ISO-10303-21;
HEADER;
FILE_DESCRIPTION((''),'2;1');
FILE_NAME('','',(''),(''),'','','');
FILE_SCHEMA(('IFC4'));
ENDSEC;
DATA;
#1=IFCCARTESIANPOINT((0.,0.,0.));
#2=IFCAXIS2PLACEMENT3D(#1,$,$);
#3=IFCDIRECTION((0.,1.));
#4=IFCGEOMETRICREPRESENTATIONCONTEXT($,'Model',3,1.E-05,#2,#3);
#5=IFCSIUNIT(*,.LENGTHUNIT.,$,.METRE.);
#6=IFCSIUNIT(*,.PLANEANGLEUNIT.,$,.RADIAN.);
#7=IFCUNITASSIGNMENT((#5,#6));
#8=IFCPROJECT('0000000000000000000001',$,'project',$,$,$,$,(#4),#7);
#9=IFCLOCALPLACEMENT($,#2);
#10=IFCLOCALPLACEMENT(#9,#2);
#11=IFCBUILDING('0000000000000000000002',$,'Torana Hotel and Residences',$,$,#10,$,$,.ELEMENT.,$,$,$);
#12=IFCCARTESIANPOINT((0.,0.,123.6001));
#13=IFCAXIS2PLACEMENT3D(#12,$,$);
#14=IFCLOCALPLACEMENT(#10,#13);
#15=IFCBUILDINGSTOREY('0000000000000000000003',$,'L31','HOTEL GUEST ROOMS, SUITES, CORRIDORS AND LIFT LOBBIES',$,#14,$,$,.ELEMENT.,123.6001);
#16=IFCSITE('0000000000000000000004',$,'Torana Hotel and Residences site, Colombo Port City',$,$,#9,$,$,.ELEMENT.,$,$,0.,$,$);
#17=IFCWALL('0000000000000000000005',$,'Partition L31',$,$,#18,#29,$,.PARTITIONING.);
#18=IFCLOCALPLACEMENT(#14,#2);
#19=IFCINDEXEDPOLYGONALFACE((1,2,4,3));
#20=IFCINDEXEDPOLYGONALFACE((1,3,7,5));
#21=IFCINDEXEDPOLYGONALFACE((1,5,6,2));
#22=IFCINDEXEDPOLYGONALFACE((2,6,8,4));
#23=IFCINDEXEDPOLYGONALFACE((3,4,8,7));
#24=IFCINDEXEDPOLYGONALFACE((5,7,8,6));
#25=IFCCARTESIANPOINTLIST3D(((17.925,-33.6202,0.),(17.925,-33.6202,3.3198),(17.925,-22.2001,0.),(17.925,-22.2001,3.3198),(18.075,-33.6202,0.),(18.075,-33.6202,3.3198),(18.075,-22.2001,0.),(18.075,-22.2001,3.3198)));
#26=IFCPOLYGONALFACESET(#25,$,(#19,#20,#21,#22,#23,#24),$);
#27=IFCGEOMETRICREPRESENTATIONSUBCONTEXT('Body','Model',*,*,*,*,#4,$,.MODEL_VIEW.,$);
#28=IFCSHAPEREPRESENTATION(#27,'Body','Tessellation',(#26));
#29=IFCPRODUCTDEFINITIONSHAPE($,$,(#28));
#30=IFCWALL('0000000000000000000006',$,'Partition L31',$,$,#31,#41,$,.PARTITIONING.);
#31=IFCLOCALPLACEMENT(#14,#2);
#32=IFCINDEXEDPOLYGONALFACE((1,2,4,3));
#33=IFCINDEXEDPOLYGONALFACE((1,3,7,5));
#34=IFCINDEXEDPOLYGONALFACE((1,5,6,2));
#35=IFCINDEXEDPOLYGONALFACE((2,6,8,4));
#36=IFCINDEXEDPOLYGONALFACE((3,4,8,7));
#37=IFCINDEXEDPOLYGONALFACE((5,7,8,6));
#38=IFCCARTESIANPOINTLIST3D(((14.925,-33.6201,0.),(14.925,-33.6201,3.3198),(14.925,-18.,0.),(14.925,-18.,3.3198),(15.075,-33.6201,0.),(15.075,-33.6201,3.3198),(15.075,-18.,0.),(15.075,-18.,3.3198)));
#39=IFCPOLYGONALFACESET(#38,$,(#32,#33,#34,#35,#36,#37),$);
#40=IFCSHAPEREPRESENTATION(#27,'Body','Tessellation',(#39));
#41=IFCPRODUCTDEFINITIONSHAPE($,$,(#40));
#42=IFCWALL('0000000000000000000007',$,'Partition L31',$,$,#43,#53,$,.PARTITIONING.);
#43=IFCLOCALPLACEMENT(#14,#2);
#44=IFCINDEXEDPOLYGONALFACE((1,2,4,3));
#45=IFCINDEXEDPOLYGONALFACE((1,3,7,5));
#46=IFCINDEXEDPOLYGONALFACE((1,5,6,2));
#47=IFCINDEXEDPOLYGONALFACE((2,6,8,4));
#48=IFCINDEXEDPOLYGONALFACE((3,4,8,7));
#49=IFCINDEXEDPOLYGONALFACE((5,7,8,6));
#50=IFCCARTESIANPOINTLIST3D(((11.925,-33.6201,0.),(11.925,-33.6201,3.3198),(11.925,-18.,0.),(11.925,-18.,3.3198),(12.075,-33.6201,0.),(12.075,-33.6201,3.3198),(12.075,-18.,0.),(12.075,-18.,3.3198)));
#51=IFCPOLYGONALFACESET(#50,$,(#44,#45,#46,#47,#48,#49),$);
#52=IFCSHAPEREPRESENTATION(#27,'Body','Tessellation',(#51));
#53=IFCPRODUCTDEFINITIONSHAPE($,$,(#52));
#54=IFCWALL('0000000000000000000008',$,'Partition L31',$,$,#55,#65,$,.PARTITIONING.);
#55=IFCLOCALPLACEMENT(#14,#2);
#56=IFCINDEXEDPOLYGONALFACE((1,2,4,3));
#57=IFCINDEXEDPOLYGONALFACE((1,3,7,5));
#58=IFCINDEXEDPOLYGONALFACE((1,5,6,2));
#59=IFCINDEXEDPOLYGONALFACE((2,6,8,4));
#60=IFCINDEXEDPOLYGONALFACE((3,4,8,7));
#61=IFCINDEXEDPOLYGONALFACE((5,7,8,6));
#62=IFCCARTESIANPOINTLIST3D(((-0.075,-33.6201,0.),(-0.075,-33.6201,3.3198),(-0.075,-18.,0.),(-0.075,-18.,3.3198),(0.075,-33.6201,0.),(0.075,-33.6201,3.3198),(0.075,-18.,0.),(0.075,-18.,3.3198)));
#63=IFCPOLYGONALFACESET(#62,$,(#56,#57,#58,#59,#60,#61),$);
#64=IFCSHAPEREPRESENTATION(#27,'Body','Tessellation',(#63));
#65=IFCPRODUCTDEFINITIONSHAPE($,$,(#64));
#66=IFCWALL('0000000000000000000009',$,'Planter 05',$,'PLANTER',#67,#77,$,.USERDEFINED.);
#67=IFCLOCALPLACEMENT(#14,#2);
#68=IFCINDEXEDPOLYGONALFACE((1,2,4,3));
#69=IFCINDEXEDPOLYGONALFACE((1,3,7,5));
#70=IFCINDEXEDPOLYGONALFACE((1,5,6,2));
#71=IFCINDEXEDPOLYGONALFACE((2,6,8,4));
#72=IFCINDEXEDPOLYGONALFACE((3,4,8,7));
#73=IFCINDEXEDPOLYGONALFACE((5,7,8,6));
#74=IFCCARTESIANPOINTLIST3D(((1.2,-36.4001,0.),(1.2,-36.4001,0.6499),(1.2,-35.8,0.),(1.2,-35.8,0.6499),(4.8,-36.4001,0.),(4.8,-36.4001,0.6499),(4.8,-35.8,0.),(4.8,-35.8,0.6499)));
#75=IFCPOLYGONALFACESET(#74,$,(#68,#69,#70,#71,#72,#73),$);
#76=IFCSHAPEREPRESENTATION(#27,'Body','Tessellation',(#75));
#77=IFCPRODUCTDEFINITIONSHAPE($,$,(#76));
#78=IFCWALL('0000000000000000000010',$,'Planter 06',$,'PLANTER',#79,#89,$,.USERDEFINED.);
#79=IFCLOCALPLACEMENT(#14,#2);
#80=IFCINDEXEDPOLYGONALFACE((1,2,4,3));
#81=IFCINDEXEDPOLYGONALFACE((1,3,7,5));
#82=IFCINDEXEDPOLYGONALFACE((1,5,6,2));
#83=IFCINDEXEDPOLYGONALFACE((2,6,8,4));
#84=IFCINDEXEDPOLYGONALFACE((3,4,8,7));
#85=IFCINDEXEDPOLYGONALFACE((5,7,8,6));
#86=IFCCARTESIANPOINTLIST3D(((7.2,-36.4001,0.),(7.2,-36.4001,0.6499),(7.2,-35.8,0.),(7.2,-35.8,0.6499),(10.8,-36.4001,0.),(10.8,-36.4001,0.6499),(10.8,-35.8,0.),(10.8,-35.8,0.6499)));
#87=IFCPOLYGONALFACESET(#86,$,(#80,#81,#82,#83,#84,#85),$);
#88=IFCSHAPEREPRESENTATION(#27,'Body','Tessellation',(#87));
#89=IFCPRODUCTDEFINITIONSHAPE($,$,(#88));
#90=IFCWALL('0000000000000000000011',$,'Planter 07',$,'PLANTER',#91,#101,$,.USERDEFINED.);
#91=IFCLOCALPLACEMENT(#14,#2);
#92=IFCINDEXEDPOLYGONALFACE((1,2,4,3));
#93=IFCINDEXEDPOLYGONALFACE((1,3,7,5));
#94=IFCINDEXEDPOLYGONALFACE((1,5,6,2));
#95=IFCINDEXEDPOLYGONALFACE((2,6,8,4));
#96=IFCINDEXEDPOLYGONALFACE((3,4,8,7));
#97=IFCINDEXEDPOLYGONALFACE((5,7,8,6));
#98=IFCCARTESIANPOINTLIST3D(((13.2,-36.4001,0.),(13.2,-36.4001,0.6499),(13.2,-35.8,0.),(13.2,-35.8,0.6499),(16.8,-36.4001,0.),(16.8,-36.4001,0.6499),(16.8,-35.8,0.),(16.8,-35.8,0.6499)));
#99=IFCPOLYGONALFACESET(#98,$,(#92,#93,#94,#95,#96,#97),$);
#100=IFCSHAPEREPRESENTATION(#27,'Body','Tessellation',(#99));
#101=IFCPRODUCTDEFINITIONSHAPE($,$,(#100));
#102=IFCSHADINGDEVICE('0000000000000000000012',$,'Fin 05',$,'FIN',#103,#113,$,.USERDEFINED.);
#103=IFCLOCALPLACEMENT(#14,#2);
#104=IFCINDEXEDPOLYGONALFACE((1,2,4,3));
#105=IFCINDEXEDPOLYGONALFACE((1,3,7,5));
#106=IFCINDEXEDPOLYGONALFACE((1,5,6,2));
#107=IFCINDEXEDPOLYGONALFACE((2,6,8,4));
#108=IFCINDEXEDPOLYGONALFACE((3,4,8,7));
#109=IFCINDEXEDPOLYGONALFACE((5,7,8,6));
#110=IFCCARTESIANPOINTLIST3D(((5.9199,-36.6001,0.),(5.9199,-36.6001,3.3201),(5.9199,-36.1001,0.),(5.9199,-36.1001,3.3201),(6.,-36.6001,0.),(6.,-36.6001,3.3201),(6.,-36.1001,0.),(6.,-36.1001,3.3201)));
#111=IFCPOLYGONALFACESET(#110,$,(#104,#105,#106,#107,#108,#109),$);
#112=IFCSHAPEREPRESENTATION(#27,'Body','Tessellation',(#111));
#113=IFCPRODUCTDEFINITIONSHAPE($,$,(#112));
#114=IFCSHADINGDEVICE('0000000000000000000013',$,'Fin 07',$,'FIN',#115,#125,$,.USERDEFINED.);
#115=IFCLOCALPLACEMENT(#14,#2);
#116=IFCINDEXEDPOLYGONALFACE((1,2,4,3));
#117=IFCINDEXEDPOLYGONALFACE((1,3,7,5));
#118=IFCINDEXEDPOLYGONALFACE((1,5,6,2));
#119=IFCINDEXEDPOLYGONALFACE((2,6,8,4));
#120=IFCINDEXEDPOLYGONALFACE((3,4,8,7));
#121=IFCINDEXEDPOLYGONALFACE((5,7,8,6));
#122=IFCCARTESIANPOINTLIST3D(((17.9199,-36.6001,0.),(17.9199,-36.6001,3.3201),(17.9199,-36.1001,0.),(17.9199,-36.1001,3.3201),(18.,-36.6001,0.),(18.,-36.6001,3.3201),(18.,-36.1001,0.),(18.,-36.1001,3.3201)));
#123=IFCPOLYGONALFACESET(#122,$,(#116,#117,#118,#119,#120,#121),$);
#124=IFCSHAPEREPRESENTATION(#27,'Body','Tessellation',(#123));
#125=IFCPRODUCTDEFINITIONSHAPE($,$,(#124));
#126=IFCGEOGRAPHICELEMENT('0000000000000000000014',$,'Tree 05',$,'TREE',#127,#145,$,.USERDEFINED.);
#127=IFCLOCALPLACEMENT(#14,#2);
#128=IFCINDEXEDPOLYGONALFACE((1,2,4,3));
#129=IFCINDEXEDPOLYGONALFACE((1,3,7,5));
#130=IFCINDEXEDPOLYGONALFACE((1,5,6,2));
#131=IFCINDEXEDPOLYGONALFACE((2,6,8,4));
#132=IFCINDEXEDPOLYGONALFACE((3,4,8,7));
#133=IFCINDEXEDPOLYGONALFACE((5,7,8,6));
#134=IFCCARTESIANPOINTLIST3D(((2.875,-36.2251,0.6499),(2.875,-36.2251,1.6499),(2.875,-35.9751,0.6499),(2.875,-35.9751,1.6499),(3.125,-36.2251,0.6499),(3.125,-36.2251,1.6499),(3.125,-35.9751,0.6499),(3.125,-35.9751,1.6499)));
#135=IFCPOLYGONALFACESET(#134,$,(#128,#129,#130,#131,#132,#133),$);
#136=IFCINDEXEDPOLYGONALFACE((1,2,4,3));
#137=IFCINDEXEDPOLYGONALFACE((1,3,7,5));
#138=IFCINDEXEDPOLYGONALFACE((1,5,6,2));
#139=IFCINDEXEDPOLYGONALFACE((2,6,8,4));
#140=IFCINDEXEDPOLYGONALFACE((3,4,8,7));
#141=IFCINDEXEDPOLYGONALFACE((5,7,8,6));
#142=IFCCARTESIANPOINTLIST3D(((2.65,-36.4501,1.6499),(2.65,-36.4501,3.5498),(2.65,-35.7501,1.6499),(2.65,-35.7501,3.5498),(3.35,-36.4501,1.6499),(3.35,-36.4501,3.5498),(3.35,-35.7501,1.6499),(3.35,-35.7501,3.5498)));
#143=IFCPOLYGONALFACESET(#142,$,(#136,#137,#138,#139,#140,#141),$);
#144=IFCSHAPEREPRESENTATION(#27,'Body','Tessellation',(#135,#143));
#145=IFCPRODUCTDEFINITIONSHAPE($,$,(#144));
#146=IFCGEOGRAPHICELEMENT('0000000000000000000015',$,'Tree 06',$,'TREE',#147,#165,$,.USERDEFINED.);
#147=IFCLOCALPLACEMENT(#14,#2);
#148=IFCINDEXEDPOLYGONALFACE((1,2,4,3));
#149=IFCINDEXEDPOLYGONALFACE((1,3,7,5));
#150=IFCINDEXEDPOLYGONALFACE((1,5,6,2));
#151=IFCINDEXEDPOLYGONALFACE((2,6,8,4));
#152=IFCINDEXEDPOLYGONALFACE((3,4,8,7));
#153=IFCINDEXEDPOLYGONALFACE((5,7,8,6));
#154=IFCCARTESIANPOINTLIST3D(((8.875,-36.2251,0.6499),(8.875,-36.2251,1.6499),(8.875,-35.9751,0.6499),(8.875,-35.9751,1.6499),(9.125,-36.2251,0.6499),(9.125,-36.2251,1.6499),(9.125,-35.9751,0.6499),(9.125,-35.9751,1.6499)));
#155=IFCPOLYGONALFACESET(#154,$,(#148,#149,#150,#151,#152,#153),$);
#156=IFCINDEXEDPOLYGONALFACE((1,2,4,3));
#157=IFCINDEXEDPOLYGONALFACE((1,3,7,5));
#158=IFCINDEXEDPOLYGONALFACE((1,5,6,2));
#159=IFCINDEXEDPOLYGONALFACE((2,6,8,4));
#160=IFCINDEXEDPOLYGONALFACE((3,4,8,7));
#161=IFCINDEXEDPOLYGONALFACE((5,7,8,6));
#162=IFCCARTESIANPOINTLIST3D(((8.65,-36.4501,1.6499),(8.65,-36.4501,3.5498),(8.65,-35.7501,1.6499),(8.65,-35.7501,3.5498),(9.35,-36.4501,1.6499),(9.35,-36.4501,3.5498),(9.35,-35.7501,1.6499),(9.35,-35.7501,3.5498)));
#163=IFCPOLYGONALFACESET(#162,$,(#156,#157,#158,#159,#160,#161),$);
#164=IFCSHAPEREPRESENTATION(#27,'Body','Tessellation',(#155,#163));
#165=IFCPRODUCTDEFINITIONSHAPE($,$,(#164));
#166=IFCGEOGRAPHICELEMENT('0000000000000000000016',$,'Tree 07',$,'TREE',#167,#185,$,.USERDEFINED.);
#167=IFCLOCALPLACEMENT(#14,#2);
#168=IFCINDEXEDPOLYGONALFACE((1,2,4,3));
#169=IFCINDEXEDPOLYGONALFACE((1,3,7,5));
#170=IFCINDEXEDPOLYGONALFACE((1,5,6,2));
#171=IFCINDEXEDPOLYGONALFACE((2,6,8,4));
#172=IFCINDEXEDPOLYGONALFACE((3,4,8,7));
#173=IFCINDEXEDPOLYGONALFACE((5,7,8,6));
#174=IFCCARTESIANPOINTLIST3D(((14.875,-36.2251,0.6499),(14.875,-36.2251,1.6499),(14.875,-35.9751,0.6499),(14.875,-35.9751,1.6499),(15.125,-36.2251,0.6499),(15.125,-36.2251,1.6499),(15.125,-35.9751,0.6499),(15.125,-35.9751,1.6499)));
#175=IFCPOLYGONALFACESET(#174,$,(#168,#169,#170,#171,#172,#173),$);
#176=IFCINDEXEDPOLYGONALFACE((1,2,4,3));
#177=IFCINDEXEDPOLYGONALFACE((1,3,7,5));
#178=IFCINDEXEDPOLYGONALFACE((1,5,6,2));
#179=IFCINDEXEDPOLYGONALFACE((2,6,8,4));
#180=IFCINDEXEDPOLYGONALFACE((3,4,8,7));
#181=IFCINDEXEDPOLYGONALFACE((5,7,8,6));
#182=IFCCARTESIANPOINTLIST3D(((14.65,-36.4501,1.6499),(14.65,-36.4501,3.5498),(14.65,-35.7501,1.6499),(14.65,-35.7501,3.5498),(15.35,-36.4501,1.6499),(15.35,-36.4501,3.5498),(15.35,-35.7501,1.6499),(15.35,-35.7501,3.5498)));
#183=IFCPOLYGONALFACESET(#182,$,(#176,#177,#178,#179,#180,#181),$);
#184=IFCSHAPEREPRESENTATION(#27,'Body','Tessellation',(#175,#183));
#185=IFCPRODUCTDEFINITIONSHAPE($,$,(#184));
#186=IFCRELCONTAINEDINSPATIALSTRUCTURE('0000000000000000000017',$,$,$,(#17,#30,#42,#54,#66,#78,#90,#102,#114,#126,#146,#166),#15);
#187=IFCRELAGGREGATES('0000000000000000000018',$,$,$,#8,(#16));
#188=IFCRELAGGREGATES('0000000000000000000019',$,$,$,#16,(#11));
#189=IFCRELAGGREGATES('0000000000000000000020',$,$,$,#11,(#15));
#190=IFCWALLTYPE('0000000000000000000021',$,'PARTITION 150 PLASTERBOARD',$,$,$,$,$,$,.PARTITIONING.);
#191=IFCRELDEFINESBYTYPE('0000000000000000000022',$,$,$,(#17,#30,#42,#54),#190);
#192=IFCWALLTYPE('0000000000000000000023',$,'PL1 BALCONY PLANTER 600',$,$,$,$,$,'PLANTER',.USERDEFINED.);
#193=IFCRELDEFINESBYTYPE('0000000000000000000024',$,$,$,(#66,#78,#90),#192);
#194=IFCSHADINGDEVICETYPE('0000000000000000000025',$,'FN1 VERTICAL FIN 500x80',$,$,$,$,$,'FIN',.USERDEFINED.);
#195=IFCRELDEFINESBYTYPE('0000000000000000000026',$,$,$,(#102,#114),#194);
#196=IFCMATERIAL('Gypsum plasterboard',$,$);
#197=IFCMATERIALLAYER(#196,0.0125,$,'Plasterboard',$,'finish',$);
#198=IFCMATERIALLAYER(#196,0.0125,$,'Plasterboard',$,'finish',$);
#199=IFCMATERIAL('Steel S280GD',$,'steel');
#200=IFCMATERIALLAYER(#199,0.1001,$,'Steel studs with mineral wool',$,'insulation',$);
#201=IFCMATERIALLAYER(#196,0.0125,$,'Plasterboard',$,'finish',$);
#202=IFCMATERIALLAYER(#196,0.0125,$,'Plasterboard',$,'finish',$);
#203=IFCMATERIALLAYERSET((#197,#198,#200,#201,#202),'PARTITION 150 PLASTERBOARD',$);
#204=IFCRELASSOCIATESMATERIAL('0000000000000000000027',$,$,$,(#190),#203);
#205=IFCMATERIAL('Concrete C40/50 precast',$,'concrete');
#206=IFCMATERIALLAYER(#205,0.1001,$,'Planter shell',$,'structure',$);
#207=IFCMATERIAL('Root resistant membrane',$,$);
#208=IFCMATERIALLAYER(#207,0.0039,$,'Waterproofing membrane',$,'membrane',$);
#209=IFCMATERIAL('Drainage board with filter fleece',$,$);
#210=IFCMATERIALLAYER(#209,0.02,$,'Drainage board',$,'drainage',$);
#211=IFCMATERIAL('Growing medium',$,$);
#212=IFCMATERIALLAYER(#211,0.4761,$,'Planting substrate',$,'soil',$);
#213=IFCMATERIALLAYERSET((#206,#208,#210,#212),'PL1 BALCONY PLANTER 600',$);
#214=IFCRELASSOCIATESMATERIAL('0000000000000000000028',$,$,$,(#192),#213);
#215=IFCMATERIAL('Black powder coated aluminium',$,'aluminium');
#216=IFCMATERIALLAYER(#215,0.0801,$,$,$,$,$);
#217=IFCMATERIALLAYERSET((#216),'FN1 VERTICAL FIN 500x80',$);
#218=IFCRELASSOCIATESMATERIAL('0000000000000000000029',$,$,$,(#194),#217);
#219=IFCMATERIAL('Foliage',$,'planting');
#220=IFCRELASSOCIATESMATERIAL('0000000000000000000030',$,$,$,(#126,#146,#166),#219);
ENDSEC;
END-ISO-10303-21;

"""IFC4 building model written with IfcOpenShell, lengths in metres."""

from ifc_helpers import new_model, si_unit, direction, frame, frame_2d, origin, origin_2d, place, context, subcontext, project, spatial, rectangle, extrude, material, layer, layer_set, type_object, element, save


model = new_model("IFC4")

# Units and contexts
model_context = context("Model", 3, precision=1e-05, world=origin(), true_north=direction((0.0, 1.0)))
body_context = subcontext(model_context, "Body", "Model", "MODEL_VIEW")
ifc_project = project(units=[si_unit("LENGTHUNIT", "METRE"), si_unit("PLANEANGLEUNIT", "RADIAN")], contexts=[model_context])

# Site, building, storey
site_placement = place(None, origin())
site = spatial("IfcSite", under=ifc_project, at=site_placement, Name="Torana Hotel and Residences site, Colombo Port City", CompositionType="ELEMENT", RefElevation=0.0)
building_placement = place(site_placement, origin())
building = spatial("IfcBuilding", under=site, at=building_placement, Name="Torana Hotel and Residences", CompositionType="ELEMENT")
storey_placement = place(building_placement, frame((0.0, 0.0, 123.6001)))
storey = spatial("IfcBuildingStorey", under=building, at=storey_placement, Name="L31", Description="HOTEL GUEST ROOMS, SUITES, CORRIDORS AND LIFT LOBBIES", CompositionType="ELEMENT", Elevation=123.6001)

# Walls
ifc_material_1 = material(Name="Gypsum plasterboard")
ifc_layer_1 = layer(ifc_material_1, 0.0125, Name="Plasterboard", Category="finish")
ifc_layer_2 = layer(ifc_material_1, 0.0125, Name="Plasterboard", Category="finish")
ifc_material_2 = material(Name="Steel S280GD", Category="steel")
ifc_layer_3 = layer(ifc_material_2, 0.1001, Name="Steel studs with mineral wool", Category="insulation")
ifc_layer_4 = layer(ifc_material_1, 0.0125, Name="Plasterboard", Category="finish")
ifc_layer_5 = layer(ifc_material_1, 0.0125, Name="Plasterboard", Category="finish")
ifc_layer_set_1 = layer_set([ifc_layer_1, ifc_layer_2, ifc_layer_3, ifc_layer_4, ifc_layer_5], Name="PARTITION 150 PLASTERBOARD")
wall_type_1 = type_object("IfcWallType", Name="PARTITION 150 PLASTERBOARD", PredefinedType="PARTITIONING", material=ifc_layer_set_1)
wall_placement = place(storey_placement, frame((18.0, -33.6201, 0.0), z_axis=(0.0, 0.0, 1.0), x_axis=(0.0, 1.0, 0.0)))
element("IfcWall", 1, at=wall_placement, inside=storey, type_object=wall_type_1, Name="Partition L31", PredefinedType="PARTITIONING", context=body_context, shape_type="SweptSolid", body=[
    extrude(rectangle(XDim=11.4202, YDim=0.1499, at=frame_2d((5.71, 0.0))), origin(), (0.0, 0.0, 1.0), 3.3198),
])
for number, where, z_axis, x_axis, name in (
    (2, (15.0, -33.6201, 0.0), (0.0, 0.0, 1.0), (0.0, 1.0, 0.0), "Partition L31"),
    (3, (12.0, -33.6201, 0.0), (0.0, 0.0, 1.0), (0.0, 1.0, 0.0), "Partition L31"),
    (4, (0.0, -33.6201, 0.0), (0.0, 0.0, 1.0), (0.0, 1.0, 0.0), "Partition L31"),
):
    element("IfcWall", number, at=place(storey_placement, frame(where, z_axis=z_axis, x_axis=x_axis)), inside=storey, type_object=wall_type_1, Name=name, PredefinedType="PARTITIONING", context=body_context, shape_type="SweptSolid", body=[
        extrude(rectangle(XDim=15.6201, YDim=0.1499, at=frame_2d((7.8101, 0.0))), origin(), (0.0, 0.0, 1.0), 3.3198),
    ])
ifc_material_3 = material(Name="Concrete C40/50 precast", Category="concrete")
ifc_layer_6 = layer(ifc_material_3, 0.1001, Name="Planter shell", Category="structure")
ifc_material_4 = material(Name="Root resistant membrane")
ifc_layer_7 = layer(ifc_material_4, 0.0039, Name="Waterproofing membrane", Category="membrane")
ifc_material_5 = material(Name="Drainage board with filter fleece")
ifc_layer_8 = layer(ifc_material_5, 0.02, Name="Drainage board", Category="drainage")
ifc_material_6 = material(Name="Growing medium")
ifc_layer_9 = layer(ifc_material_6, 0.4761, Name="Planting substrate", Category="soil")
ifc_layer_set_2 = layer_set([ifc_layer_6, ifc_layer_7, ifc_layer_8, ifc_layer_9], Name="PL1 BALCONY PLANTER 600")
wall_type_2 = type_object("IfcWallType", Name="PL1 BALCONY PLANTER 600", ElementType="PLANTER", PredefinedType="USERDEFINED", material=ifc_layer_set_2)
for number, where, z_axis, x_axis, name in (
    (5, (4.8, -36.1001, 0.0), (0.0, 0.0, 1.0), (-1.0, 0.0, 0.0), "Planter 05"),
    (6, (10.8, -36.1001, 0.0), (0.0, 0.0, 1.0), (-1.0, 0.0, 0.0), "Planter 06"),
    (7, (16.8, -36.1001, 0.0), (0.0, 0.0, 1.0), (-1.0, 0.0, 0.0), "Planter 07"),
):
    element("IfcWall", number, at=place(storey_placement, frame(where, z_axis=z_axis, x_axis=x_axis)), inside=storey, type_object=wall_type_2, Name=name, ObjectType="PLANTER", PredefinedType="USERDEFINED", context=body_context, shape_type="SweptSolid", body=[
        extrude(rectangle(XDim=3.6001, YDim=0.6001, at=frame_2d((1.8, 0.0))), origin(), (0.0, 0.0, 1.0), 0.6499),
    ])

# Shading devices
ifc_material_7 = material(Name="Black powder coated aluminium", Category="aluminium")
ifc_layer_10 = layer(ifc_material_7, 0.0801)
ifc_layer_set_3 = layer_set([ifc_layer_10], Name="FN1 VERTICAL FIN 500x80")
shading_device_type = type_object("IfcShadingDeviceType", Name="FN1 VERTICAL FIN 500x80", ElementType="FIN", PredefinedType="USERDEFINED", material=ifc_layer_set_3)
for number, where, z_axis, x_axis, name in (
    (8, (5.96, -36.3501, 0.0), (0.0, 0.0, 1.0), (-1.0, 0.0, 0.0), "Fin 05"),
    (9, (17.96, -36.3501, 0.0), (0.0, 0.0, 1.0), (-1.0, 0.0, 0.0), "Fin 07"),
):
    element("IfcShadingDevice", number, at=place(storey_placement, frame(where, z_axis=z_axis, x_axis=x_axis)), inside=storey, type_object=shading_device_type, Name=name, ObjectType="FIN", PredefinedType="USERDEFINED", context=body_context, shape_type="SweptSolid", body=[
        extrude(rectangle(XDim=0.0801, YDim=0.5, at=origin_2d()), origin(), (0.0, 0.0, 1.0), 3.3201),
    ])

# Geographic elements
ifc_material_8 = material(Name="Foliage", Category="planting")
for number, where, z_axis, x_axis, name in (
    (10, (3.0, -36.1001, 0.6499), (0.0, 0.0, 1.0), (1.0, 0.0, 0.0), "Tree 05"),
    (11, (9.0, -36.1001, 0.6499), (0.0, 0.0, 1.0), (1.0, 0.0, 0.0), "Tree 06"),
    (12, (15.0, -36.1001, 0.6499), (0.0, 0.0, 1.0), (1.0, 0.0, 0.0), "Tree 07"),
):
    element("IfcGeographicElement", number, at=place(storey_placement, frame(where, z_axis=z_axis, x_axis=x_axis)), inside=storey, material=ifc_material_8, Name=name, ObjectType="TREE", PredefinedType="USERDEFINED", context=body_context, shape_type="SweptSolid", body=[
        extrude(rectangle(XDim=0.25, YDim=0.25, at=origin_2d()), origin(), (0.0, 0.0, 1.0), 1.0),
        extrude(rectangle(XDim=0.7, YDim=0.7, at=origin_2d()), frame((0.0, 0.0, 1.0)), (0.0, 0.0, 1.0), 1.8999),
    ])

save(model, "model.ifc")
